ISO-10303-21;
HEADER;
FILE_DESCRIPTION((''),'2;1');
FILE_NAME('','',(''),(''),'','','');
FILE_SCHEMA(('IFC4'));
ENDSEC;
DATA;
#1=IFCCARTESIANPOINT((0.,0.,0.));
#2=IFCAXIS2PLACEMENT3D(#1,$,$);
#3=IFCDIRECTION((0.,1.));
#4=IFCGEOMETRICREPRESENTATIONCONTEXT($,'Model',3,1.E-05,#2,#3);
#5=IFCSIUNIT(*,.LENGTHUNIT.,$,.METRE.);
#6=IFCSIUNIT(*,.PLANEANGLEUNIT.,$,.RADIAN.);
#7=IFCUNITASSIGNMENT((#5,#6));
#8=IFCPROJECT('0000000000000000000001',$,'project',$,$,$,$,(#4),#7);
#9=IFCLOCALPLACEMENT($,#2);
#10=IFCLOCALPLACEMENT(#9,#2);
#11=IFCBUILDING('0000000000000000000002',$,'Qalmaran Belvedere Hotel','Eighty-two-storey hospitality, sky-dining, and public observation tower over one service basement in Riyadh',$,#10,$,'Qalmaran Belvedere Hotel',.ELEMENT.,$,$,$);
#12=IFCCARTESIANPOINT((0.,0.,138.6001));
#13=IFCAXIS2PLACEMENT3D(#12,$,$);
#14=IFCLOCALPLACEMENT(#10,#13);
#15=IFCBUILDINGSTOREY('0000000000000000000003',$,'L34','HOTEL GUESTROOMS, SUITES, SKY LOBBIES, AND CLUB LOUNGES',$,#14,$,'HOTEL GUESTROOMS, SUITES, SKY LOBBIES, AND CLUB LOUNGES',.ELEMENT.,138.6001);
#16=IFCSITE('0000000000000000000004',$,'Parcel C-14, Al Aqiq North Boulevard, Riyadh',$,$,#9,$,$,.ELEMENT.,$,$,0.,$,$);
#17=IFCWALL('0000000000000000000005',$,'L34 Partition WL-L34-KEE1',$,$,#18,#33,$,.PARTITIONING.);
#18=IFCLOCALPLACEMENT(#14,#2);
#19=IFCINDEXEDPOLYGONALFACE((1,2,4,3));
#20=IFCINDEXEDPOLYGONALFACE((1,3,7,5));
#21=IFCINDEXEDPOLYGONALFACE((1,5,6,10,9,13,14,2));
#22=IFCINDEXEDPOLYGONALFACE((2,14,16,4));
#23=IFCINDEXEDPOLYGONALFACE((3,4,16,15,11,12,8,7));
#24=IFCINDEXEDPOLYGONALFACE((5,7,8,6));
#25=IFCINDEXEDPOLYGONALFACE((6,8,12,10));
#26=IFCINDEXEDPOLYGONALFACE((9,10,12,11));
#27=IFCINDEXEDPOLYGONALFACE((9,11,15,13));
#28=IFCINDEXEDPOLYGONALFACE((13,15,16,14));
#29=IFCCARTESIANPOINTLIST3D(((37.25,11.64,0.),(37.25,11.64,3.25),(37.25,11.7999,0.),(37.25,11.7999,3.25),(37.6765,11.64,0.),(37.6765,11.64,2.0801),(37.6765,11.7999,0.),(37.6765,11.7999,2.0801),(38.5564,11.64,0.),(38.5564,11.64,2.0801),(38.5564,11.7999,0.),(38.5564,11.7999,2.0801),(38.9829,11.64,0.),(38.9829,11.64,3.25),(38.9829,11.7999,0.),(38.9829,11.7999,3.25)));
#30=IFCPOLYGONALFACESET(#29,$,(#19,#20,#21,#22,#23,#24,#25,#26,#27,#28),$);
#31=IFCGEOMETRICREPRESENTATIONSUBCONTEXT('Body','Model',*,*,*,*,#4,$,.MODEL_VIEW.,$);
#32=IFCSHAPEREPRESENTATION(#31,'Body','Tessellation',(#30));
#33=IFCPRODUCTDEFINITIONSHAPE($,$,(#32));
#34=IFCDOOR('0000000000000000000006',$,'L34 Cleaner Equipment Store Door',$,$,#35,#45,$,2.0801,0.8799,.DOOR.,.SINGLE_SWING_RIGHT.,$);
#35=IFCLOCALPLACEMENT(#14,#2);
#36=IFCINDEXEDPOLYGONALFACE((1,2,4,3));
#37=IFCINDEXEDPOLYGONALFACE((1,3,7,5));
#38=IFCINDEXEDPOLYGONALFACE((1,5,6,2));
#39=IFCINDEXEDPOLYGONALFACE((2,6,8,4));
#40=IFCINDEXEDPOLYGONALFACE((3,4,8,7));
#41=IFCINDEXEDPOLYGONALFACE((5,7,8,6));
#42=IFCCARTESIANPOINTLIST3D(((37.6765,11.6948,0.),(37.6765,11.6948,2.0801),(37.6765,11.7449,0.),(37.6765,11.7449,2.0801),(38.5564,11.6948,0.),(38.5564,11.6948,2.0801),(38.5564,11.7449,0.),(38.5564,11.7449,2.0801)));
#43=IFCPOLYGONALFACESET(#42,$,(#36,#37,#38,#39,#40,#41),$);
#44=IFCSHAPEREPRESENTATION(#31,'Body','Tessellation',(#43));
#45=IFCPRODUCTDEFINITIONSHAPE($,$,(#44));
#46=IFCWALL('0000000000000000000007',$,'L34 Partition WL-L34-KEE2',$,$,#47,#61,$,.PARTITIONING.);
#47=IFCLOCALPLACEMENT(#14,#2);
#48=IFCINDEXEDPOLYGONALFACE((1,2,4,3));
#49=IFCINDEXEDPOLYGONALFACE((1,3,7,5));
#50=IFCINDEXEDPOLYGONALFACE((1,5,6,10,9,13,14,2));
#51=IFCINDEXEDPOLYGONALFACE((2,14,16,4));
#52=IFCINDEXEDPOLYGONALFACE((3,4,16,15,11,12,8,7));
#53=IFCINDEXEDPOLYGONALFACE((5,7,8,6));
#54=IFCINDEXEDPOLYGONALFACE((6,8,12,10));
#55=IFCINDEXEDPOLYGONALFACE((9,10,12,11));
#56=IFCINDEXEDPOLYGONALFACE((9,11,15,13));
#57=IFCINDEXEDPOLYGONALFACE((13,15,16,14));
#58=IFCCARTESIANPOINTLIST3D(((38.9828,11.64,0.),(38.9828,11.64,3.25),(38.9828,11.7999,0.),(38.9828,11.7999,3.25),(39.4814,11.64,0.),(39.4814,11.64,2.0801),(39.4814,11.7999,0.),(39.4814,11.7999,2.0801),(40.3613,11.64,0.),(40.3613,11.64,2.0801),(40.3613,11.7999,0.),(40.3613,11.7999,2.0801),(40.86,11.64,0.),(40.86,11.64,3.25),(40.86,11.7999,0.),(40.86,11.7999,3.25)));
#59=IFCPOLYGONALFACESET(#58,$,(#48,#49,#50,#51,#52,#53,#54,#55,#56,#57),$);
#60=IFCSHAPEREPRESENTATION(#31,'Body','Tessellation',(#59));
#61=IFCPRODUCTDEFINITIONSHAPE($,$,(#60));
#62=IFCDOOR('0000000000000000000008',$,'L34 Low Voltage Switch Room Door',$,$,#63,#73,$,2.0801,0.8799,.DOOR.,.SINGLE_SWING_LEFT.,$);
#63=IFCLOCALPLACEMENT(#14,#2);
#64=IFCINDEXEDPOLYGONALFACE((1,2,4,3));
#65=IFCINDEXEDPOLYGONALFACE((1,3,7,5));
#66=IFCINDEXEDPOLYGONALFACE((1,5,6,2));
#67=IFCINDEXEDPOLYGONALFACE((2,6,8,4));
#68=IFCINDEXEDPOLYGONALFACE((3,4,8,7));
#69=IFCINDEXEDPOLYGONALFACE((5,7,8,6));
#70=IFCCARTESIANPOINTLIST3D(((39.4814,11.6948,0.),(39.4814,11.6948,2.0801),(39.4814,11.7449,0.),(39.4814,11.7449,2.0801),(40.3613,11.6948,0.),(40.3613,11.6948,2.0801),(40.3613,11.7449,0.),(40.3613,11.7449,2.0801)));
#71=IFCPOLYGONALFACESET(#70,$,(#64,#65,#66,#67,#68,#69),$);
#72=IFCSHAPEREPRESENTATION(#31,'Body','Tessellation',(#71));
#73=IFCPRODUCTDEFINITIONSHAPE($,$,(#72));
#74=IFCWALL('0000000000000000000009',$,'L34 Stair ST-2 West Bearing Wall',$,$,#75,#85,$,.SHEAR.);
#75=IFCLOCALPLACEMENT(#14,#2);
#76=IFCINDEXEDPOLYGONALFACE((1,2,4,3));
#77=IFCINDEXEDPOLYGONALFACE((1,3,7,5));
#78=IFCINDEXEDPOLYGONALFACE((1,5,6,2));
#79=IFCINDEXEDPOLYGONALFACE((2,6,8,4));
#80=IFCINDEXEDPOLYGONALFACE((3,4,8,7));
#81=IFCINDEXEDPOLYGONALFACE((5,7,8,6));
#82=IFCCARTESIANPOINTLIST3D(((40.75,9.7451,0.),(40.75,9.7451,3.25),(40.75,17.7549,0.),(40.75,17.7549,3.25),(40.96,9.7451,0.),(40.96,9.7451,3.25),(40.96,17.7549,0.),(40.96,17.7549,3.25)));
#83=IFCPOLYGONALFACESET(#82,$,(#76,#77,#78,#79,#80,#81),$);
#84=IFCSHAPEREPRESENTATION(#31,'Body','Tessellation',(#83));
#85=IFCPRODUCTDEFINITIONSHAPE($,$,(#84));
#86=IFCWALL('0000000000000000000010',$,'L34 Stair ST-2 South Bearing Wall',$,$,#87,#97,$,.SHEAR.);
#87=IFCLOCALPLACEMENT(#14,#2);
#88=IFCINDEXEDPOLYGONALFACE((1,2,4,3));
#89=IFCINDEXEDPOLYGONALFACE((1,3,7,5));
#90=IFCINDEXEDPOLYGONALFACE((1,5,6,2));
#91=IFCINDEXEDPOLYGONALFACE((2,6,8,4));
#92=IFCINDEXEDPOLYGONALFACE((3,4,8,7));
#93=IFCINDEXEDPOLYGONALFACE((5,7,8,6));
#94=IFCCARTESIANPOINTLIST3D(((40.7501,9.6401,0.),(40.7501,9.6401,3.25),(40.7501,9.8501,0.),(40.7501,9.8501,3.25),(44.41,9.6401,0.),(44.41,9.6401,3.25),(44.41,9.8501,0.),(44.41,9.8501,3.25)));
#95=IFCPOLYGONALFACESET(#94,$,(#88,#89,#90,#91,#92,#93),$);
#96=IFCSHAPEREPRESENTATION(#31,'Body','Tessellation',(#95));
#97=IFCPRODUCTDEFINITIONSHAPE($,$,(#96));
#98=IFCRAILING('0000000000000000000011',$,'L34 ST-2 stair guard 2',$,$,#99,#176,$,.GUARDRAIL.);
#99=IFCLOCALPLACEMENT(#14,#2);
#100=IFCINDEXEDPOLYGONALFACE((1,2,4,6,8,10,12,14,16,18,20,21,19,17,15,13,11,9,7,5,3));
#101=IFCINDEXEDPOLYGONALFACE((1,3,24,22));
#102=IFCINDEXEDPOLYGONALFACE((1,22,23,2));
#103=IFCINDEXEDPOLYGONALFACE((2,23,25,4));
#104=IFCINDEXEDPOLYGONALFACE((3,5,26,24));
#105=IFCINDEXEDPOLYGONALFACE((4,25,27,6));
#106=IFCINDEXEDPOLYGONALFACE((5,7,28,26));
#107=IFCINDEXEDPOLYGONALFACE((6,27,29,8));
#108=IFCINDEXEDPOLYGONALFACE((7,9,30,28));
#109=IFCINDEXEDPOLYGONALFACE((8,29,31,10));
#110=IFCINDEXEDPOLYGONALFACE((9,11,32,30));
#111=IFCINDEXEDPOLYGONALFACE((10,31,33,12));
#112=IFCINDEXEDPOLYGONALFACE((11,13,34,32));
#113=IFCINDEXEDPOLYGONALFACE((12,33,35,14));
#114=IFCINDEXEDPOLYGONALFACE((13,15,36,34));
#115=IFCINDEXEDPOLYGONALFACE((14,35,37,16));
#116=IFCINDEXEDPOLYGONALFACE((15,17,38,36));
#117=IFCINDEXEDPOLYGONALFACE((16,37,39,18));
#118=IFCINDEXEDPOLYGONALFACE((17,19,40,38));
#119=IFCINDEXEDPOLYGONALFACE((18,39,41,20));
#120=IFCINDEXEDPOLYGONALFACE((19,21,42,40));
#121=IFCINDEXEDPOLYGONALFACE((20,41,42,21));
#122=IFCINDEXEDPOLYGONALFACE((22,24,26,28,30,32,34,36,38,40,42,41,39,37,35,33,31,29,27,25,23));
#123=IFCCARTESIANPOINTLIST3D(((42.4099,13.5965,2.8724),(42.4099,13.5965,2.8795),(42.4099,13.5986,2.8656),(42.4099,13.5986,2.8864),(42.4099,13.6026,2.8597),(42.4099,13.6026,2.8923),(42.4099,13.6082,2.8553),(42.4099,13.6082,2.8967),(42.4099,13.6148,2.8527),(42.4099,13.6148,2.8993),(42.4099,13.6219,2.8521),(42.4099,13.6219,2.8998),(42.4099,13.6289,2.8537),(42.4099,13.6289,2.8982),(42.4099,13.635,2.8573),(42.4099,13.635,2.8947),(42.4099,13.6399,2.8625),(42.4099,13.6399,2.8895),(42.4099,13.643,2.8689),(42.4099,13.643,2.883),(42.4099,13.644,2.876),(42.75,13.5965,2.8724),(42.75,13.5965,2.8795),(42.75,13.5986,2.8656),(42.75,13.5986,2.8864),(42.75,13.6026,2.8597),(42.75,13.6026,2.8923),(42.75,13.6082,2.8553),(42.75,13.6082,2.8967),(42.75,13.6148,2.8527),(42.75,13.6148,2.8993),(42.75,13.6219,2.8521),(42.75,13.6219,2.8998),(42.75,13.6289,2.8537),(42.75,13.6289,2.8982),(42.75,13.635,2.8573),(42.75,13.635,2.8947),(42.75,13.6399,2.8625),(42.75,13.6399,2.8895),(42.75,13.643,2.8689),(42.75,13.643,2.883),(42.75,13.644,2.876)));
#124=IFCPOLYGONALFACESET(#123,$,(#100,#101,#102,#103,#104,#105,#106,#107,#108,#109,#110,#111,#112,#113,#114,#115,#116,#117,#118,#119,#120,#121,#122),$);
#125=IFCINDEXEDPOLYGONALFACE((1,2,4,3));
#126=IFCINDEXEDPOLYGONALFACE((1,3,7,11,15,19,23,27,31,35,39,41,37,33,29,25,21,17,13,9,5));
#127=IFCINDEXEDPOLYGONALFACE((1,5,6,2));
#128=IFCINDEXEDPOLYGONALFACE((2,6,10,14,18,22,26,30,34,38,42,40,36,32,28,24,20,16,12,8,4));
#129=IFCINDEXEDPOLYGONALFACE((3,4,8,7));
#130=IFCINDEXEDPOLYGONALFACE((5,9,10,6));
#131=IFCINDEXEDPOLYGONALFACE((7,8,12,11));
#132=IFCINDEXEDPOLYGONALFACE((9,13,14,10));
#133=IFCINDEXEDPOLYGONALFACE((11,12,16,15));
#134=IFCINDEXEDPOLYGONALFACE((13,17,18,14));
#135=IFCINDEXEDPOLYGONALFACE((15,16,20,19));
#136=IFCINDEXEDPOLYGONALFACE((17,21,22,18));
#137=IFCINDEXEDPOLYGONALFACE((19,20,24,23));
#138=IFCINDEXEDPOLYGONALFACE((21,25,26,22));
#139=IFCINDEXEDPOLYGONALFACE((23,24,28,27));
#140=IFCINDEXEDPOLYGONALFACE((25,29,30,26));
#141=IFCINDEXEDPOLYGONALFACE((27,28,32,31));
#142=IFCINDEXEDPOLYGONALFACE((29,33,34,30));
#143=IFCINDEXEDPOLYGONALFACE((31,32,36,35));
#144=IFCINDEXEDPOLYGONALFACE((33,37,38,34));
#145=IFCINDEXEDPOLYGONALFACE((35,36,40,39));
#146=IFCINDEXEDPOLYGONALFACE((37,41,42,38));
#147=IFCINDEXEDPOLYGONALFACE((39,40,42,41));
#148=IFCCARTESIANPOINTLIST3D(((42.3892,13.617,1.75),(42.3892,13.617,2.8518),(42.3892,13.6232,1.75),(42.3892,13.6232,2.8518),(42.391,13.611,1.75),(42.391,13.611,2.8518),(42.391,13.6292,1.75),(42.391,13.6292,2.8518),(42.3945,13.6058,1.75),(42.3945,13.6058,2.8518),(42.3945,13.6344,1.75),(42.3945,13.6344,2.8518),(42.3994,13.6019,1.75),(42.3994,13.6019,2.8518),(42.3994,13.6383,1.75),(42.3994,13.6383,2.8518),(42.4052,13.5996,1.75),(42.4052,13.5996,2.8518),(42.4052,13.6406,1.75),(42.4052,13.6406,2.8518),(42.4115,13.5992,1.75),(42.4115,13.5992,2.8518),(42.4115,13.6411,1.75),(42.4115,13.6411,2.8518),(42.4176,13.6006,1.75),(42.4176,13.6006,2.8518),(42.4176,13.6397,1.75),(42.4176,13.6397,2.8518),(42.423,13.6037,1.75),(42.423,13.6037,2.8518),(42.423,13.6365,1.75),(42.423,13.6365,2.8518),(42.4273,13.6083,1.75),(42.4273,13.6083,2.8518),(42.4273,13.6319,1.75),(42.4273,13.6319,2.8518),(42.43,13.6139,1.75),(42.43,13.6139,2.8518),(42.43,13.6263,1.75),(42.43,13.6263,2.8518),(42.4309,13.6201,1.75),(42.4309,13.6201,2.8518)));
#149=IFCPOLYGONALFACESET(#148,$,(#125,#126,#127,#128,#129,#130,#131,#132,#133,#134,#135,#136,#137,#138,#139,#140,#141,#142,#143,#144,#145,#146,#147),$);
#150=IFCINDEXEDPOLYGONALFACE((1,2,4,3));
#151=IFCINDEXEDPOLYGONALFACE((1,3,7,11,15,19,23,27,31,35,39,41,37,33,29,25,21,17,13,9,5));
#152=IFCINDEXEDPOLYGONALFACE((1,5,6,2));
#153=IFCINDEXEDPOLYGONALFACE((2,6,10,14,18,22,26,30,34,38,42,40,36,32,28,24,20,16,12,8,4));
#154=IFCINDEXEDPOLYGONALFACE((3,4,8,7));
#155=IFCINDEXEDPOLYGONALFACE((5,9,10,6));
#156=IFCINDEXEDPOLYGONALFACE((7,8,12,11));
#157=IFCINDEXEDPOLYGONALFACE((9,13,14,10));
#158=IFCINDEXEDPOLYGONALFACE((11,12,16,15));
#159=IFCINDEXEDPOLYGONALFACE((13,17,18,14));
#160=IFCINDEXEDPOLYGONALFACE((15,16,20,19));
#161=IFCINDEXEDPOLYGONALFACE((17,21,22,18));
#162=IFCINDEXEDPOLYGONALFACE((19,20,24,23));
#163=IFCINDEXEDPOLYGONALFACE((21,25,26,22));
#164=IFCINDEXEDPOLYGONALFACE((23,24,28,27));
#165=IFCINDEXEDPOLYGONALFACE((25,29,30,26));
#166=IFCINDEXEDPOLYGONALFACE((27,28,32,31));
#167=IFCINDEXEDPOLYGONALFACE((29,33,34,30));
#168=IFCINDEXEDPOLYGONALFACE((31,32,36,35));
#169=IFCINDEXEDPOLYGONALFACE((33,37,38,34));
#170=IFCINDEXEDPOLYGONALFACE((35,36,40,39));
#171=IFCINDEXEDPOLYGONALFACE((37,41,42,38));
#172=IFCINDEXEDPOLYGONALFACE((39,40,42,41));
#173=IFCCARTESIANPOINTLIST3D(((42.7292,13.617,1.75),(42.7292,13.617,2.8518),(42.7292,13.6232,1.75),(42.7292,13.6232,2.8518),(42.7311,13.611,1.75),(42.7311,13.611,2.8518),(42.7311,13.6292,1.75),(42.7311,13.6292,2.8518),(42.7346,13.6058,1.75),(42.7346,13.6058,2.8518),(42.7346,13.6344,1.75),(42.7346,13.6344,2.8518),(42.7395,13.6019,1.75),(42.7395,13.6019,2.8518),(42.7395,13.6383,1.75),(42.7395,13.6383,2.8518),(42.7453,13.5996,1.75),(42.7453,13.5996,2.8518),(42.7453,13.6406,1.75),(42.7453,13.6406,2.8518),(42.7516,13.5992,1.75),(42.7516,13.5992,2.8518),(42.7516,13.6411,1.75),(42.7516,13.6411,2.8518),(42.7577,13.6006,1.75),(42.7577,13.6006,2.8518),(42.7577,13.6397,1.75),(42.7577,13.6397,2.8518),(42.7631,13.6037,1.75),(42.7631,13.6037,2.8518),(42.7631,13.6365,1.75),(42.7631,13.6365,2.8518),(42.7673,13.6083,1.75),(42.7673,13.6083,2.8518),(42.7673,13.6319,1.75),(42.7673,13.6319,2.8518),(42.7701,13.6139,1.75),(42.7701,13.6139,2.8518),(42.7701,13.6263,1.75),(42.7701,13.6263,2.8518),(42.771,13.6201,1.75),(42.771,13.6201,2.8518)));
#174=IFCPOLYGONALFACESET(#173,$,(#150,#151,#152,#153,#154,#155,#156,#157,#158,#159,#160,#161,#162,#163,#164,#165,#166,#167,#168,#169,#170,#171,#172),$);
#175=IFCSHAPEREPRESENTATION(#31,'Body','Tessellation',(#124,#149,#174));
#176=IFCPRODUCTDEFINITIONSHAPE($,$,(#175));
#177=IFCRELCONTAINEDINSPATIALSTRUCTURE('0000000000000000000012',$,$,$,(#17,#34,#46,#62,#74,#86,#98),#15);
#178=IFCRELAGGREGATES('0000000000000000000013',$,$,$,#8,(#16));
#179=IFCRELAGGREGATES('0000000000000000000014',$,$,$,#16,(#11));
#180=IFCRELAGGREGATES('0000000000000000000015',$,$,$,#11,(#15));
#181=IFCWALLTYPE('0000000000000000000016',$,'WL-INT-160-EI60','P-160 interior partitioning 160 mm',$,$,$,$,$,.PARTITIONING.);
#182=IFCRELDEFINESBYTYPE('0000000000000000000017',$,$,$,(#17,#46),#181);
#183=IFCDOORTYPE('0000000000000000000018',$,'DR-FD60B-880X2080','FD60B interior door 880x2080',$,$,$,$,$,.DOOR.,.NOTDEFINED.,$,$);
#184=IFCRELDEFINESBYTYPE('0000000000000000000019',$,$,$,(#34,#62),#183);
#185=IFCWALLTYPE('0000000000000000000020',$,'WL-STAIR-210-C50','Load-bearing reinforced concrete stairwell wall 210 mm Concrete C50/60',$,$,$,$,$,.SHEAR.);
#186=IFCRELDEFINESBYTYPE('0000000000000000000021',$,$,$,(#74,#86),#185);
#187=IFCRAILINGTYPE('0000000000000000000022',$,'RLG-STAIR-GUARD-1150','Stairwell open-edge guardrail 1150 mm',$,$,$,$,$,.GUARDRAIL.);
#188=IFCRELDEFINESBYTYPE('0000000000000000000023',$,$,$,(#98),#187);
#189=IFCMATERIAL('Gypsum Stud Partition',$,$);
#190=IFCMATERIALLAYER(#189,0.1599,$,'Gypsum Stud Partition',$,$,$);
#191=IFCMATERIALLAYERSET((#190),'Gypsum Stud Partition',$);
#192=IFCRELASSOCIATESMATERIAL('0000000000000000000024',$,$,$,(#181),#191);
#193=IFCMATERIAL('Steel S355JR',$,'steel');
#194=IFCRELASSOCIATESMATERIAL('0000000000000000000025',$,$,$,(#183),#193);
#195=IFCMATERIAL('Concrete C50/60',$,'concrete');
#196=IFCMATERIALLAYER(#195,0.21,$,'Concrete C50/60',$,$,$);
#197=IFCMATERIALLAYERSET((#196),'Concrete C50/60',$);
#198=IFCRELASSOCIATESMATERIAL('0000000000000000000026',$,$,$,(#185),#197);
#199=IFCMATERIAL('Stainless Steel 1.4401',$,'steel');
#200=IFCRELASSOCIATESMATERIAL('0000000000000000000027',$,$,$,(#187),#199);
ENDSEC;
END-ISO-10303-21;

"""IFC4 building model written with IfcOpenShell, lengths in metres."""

from ifc_helpers import new_model, si_unit, direction, frame, frame_2d, origin, origin_2d, place, context, subcontext, project, spatial, rectangle, circle, extrude, material, layer, layer_set, type_object, element, fill, save


model = new_model("IFC4")

# Units and contexts
model_context = context("Model", 3, precision=1e-05, world=origin(), true_north=direction((0.0, 1.0)))
body_context = subcontext(model_context, "Body", "Model", "MODEL_VIEW")
ifc_project = project(units=[si_unit("LENGTHUNIT", "METRE"), si_unit("PLANEANGLEUNIT", "RADIAN")], contexts=[model_context])

# Site, building, storey
site_placement = place(None, origin())
site = spatial("IfcSite", under=ifc_project, at=site_placement, Name="Parcel C-14, Al Aqiq North Boulevard, Riyadh", CompositionType="ELEMENT", RefElevation=0.0)
building_placement = place(site_placement, origin())
building = spatial("IfcBuilding", under=site, at=building_placement, Name="Qalmaran Belvedere Hotel", Description="Eighty-two-storey hospitality, sky-dining, and public observation tower over one service basement in Riyadh", LongName="Qalmaran Belvedere Hotel", CompositionType="ELEMENT")
storey_placement = place(building_placement, frame((0.0, 0.0, 138.6001)))
storey = spatial("IfcBuildingStorey", under=building, at=storey_placement, Name="L34", Description="HOTEL GUESTROOMS, SUITES, SKY LOBBIES, AND CLUB LOUNGES", LongName="HOTEL GUESTROOMS, SUITES, SKY LOBBIES, AND CLUB LOUNGES", CompositionType="ELEMENT", Elevation=138.6001)

# Shared definitions
ifc_material_1 = material(Name="Gypsum Stud Partition")

# Shared definitions
ifc_material_2 = material(Name="Stainless Steel 1.4401", Category="steel")

# Walls, openings, doors
ifc_layer_1 = layer(ifc_material_1, 0.1599, Name="Gypsum Stud Partition")
ifc_layer_set_1 = layer_set([ifc_layer_1], Name="Gypsum Stud Partition")
wall_type_1 = type_object("IfcWallType", Name="WL-INT-160-EI60", Description="P-160 interior partitioning 160 mm", PredefinedType="PARTITIONING", material=ifc_layer_set_1)
wall_1_placement = place(storey_placement, frame((37.25, 11.72, 0.0), z_axis=(0.0, 0.0, 1.0), x_axis=(1.0, 0.0, 0.0)))
wall_1 = element("IfcWall", 1, at=wall_1_placement, inside=storey, type_object=wall_type_1, Name="L34 Partition WL-L34-KEE1", PredefinedType="PARTITIONING", context=body_context, shape_type="SweptSolid", body=[
    extrude(rectangle(XDim=1.7329, YDim=0.1599, at=frame_2d((0.8665, 0.0))), origin(), (0.0, 0.0, 1.0), 3.25),
])
opening_1_placement = place(wall_1_placement, frame((0.4265, 0.0, 0.0)))
opening_1 = element("IfcOpeningElement", 2, at=opening_1_placement, cuts=wall_1, PredefinedType="OPENING", context=body_context, shape_type="SweptSolid", body=[
    extrude(rectangle(XDim=0.8799, YDim=2.0801, at=frame_2d((0.4399, 1.04))), frame((0.0, 0.0898, 0.0), z_axis=(0.0, -1.0, 0.0), x_axis=(1.0, 0.0, 0.0)), (0.0, 0.0, 1.0), 0.1799),
])
ifc_material_3 = material(Name="Steel S355JR", Category="steel")
door_type_1 = type_object("IfcDoorType", Name="DR-FD60B-880X2080", Description="FD60B interior door 880x2080", OperationType="NOTDEFINED", PredefinedType="DOOR", material=ifc_material_3)
door_1_placement = place(opening_1_placement, origin())
door_1 = element("IfcDoor", 3, at=door_1_placement, inside=storey, type_object=door_type_1, Name="L34 Cleaner Equipment Store Door", OperationType="SINGLE_SWING_RIGHT", OverallHeight=2.0801, OverallWidth=0.8799, PredefinedType="DOOR", context=body_context, shape_type="SweptSolid", body=[
    extrude(rectangle(XDim=0.8799, YDim=2.0801, at=frame_2d((0.4399, 1.04))), frame((0.0, 0.0249, 0.0), z_axis=(0.0, -1.0, 0.0), x_axis=(1.0, 0.0, 0.0)), (0.0, 0.0, 1.0), 0.05),
])
fill(opening_1, door_1)
wall_2_placement = place(storey_placement, frame((38.9829, 11.72, 0.0), z_axis=(0.0, 0.0, 1.0), x_axis=(1.0, 0.0, 0.0)))
wall_2 = element("IfcWall", 4, at=wall_2_placement, inside=storey, type_object=wall_type_1, Name="L34 Partition WL-L34-KEE2", PredefinedType="PARTITIONING", context=body_context, shape_type="SweptSolid", body=[
    extrude(rectangle(XDim=1.8772, YDim=0.1599, at=frame_2d((0.9385, 0.0))), origin(), (0.0, 0.0, 1.0), 3.25),
])
opening_2_placement = place(wall_2_placement, frame((0.4985, 0.0, 0.0)))
opening_2 = element("IfcOpeningElement", 5, at=opening_2_placement, cuts=wall_2, PredefinedType="OPENING", context=body_context, shape_type="SweptSolid", body=[
    extrude(rectangle(XDim=0.8799, YDim=2.0801, at=frame_2d((0.4399, 1.04))), frame((0.0, 0.0898, 0.0), z_axis=(0.0, -1.0, 0.0), x_axis=(1.0, 0.0, 0.0)), (0.0, 0.0, 1.0), 0.1799),
])
door_2_placement = place(opening_2_placement, origin())
door_2 = element("IfcDoor", 6, at=door_2_placement, inside=storey, type_object=door_type_1, Name="L34 Low Voltage Switch Room Door", OperationType="SINGLE_SWING_LEFT", OverallHeight=2.0801, OverallWidth=0.8799, PredefinedType="DOOR", context=body_context, shape_type="SweptSolid", body=[
    extrude(rectangle(XDim=0.8799, YDim=2.0801, at=frame_2d((0.4399, 1.04))), frame((0.0, 0.0249, 0.0), z_axis=(0.0, -1.0, 0.0), x_axis=(1.0, 0.0, 0.0)), (0.0, 0.0, 1.0), 0.05),
])
fill(opening_2, door_2)

# Walls
ifc_material_4 = material(Name="Concrete C50/60", Category="concrete")
ifc_layer_2 = layer(ifc_material_4, 0.21, Name="Concrete C50/60")
ifc_layer_set_2 = layer_set([ifc_layer_2], Name="Concrete C50/60")
wall_type_2 = type_object("IfcWallType", Name="WL-STAIR-210-C50", Description="Load-bearing reinforced concrete stairwell wall 210 mm Concrete C50/60", PredefinedType="SHEAR", material=ifc_layer_set_2)
wall_3_placement = place(storey_placement, frame((40.855, 9.7451, 0.0), z_axis=(0.0, 0.0, 1.0), x_axis=(0.0, 1.0, 0.0)))
element("IfcWall", 7, at=wall_3_placement, inside=storey, type_object=wall_type_2, Name="L34 Stair ST-2 West Bearing Wall", PredefinedType="SHEAR", context=body_context, shape_type="SweptSolid", body=[
    extrude(rectangle(XDim=8.0098, YDim=0.21, at=frame_2d((4.0049, 0.0))), origin(), (0.0, 0.0, 1.0), 3.25),
])
wall_4_placement = place(storey_placement, frame((40.75, 9.7451, 0.0), z_axis=(0.0, 0.0, 1.0), x_axis=(1.0, 0.0, 0.0)))
element("IfcWall", 8, at=wall_4_placement, inside=storey, type_object=wall_type_2, Name="L34 Stair ST-2 South Bearing Wall", PredefinedType="SHEAR", context=body_context, shape_type="SweptSolid", body=[
    extrude(rectangle(XDim=3.6599, YDim=0.21, at=frame_2d((1.8301, 0.0))), origin(), (0.0, 0.0, 1.0), 3.25),
])

# Railing
railing_type = type_object("IfcRailingType", Name="RLG-STAIR-GUARD-1150", Description="Stairwell open-edge guardrail 1150 mm", PredefinedType="GUARDRAIL", material=ifc_material_2)
railing_placement = place(storey_placement, frame((42.4099, 13.6201, 1.75)))
element("IfcRailing", 9, at=railing_placement, inside=storey, type_object=railing_type, Name="L34 ST-2 stair guard 2", PredefinedType="GUARDRAIL", context=body_context, shape_type="SweptSolid", body=[
    extrude(circle(Radius=0.0239, at=origin_2d()), frame((0.0, 0.0, 1.126), z_axis=(1.0, 0.0, 0.0), x_axis=(0.0, 1.0, 0.0)), (0.0, 0.0, 1.0), 0.3401),
    extrude(circle(Radius=0.021, at=origin_2d()), origin(), (0.0, 0.0, 1.0), 1.1018),
    extrude(circle(Radius=0.021, at=origin_2d()), frame((0.3401, 0.0, 0.0)), (0.0, 0.0, 1.0), 1.1018),
])

save(model, "model.ifc")
